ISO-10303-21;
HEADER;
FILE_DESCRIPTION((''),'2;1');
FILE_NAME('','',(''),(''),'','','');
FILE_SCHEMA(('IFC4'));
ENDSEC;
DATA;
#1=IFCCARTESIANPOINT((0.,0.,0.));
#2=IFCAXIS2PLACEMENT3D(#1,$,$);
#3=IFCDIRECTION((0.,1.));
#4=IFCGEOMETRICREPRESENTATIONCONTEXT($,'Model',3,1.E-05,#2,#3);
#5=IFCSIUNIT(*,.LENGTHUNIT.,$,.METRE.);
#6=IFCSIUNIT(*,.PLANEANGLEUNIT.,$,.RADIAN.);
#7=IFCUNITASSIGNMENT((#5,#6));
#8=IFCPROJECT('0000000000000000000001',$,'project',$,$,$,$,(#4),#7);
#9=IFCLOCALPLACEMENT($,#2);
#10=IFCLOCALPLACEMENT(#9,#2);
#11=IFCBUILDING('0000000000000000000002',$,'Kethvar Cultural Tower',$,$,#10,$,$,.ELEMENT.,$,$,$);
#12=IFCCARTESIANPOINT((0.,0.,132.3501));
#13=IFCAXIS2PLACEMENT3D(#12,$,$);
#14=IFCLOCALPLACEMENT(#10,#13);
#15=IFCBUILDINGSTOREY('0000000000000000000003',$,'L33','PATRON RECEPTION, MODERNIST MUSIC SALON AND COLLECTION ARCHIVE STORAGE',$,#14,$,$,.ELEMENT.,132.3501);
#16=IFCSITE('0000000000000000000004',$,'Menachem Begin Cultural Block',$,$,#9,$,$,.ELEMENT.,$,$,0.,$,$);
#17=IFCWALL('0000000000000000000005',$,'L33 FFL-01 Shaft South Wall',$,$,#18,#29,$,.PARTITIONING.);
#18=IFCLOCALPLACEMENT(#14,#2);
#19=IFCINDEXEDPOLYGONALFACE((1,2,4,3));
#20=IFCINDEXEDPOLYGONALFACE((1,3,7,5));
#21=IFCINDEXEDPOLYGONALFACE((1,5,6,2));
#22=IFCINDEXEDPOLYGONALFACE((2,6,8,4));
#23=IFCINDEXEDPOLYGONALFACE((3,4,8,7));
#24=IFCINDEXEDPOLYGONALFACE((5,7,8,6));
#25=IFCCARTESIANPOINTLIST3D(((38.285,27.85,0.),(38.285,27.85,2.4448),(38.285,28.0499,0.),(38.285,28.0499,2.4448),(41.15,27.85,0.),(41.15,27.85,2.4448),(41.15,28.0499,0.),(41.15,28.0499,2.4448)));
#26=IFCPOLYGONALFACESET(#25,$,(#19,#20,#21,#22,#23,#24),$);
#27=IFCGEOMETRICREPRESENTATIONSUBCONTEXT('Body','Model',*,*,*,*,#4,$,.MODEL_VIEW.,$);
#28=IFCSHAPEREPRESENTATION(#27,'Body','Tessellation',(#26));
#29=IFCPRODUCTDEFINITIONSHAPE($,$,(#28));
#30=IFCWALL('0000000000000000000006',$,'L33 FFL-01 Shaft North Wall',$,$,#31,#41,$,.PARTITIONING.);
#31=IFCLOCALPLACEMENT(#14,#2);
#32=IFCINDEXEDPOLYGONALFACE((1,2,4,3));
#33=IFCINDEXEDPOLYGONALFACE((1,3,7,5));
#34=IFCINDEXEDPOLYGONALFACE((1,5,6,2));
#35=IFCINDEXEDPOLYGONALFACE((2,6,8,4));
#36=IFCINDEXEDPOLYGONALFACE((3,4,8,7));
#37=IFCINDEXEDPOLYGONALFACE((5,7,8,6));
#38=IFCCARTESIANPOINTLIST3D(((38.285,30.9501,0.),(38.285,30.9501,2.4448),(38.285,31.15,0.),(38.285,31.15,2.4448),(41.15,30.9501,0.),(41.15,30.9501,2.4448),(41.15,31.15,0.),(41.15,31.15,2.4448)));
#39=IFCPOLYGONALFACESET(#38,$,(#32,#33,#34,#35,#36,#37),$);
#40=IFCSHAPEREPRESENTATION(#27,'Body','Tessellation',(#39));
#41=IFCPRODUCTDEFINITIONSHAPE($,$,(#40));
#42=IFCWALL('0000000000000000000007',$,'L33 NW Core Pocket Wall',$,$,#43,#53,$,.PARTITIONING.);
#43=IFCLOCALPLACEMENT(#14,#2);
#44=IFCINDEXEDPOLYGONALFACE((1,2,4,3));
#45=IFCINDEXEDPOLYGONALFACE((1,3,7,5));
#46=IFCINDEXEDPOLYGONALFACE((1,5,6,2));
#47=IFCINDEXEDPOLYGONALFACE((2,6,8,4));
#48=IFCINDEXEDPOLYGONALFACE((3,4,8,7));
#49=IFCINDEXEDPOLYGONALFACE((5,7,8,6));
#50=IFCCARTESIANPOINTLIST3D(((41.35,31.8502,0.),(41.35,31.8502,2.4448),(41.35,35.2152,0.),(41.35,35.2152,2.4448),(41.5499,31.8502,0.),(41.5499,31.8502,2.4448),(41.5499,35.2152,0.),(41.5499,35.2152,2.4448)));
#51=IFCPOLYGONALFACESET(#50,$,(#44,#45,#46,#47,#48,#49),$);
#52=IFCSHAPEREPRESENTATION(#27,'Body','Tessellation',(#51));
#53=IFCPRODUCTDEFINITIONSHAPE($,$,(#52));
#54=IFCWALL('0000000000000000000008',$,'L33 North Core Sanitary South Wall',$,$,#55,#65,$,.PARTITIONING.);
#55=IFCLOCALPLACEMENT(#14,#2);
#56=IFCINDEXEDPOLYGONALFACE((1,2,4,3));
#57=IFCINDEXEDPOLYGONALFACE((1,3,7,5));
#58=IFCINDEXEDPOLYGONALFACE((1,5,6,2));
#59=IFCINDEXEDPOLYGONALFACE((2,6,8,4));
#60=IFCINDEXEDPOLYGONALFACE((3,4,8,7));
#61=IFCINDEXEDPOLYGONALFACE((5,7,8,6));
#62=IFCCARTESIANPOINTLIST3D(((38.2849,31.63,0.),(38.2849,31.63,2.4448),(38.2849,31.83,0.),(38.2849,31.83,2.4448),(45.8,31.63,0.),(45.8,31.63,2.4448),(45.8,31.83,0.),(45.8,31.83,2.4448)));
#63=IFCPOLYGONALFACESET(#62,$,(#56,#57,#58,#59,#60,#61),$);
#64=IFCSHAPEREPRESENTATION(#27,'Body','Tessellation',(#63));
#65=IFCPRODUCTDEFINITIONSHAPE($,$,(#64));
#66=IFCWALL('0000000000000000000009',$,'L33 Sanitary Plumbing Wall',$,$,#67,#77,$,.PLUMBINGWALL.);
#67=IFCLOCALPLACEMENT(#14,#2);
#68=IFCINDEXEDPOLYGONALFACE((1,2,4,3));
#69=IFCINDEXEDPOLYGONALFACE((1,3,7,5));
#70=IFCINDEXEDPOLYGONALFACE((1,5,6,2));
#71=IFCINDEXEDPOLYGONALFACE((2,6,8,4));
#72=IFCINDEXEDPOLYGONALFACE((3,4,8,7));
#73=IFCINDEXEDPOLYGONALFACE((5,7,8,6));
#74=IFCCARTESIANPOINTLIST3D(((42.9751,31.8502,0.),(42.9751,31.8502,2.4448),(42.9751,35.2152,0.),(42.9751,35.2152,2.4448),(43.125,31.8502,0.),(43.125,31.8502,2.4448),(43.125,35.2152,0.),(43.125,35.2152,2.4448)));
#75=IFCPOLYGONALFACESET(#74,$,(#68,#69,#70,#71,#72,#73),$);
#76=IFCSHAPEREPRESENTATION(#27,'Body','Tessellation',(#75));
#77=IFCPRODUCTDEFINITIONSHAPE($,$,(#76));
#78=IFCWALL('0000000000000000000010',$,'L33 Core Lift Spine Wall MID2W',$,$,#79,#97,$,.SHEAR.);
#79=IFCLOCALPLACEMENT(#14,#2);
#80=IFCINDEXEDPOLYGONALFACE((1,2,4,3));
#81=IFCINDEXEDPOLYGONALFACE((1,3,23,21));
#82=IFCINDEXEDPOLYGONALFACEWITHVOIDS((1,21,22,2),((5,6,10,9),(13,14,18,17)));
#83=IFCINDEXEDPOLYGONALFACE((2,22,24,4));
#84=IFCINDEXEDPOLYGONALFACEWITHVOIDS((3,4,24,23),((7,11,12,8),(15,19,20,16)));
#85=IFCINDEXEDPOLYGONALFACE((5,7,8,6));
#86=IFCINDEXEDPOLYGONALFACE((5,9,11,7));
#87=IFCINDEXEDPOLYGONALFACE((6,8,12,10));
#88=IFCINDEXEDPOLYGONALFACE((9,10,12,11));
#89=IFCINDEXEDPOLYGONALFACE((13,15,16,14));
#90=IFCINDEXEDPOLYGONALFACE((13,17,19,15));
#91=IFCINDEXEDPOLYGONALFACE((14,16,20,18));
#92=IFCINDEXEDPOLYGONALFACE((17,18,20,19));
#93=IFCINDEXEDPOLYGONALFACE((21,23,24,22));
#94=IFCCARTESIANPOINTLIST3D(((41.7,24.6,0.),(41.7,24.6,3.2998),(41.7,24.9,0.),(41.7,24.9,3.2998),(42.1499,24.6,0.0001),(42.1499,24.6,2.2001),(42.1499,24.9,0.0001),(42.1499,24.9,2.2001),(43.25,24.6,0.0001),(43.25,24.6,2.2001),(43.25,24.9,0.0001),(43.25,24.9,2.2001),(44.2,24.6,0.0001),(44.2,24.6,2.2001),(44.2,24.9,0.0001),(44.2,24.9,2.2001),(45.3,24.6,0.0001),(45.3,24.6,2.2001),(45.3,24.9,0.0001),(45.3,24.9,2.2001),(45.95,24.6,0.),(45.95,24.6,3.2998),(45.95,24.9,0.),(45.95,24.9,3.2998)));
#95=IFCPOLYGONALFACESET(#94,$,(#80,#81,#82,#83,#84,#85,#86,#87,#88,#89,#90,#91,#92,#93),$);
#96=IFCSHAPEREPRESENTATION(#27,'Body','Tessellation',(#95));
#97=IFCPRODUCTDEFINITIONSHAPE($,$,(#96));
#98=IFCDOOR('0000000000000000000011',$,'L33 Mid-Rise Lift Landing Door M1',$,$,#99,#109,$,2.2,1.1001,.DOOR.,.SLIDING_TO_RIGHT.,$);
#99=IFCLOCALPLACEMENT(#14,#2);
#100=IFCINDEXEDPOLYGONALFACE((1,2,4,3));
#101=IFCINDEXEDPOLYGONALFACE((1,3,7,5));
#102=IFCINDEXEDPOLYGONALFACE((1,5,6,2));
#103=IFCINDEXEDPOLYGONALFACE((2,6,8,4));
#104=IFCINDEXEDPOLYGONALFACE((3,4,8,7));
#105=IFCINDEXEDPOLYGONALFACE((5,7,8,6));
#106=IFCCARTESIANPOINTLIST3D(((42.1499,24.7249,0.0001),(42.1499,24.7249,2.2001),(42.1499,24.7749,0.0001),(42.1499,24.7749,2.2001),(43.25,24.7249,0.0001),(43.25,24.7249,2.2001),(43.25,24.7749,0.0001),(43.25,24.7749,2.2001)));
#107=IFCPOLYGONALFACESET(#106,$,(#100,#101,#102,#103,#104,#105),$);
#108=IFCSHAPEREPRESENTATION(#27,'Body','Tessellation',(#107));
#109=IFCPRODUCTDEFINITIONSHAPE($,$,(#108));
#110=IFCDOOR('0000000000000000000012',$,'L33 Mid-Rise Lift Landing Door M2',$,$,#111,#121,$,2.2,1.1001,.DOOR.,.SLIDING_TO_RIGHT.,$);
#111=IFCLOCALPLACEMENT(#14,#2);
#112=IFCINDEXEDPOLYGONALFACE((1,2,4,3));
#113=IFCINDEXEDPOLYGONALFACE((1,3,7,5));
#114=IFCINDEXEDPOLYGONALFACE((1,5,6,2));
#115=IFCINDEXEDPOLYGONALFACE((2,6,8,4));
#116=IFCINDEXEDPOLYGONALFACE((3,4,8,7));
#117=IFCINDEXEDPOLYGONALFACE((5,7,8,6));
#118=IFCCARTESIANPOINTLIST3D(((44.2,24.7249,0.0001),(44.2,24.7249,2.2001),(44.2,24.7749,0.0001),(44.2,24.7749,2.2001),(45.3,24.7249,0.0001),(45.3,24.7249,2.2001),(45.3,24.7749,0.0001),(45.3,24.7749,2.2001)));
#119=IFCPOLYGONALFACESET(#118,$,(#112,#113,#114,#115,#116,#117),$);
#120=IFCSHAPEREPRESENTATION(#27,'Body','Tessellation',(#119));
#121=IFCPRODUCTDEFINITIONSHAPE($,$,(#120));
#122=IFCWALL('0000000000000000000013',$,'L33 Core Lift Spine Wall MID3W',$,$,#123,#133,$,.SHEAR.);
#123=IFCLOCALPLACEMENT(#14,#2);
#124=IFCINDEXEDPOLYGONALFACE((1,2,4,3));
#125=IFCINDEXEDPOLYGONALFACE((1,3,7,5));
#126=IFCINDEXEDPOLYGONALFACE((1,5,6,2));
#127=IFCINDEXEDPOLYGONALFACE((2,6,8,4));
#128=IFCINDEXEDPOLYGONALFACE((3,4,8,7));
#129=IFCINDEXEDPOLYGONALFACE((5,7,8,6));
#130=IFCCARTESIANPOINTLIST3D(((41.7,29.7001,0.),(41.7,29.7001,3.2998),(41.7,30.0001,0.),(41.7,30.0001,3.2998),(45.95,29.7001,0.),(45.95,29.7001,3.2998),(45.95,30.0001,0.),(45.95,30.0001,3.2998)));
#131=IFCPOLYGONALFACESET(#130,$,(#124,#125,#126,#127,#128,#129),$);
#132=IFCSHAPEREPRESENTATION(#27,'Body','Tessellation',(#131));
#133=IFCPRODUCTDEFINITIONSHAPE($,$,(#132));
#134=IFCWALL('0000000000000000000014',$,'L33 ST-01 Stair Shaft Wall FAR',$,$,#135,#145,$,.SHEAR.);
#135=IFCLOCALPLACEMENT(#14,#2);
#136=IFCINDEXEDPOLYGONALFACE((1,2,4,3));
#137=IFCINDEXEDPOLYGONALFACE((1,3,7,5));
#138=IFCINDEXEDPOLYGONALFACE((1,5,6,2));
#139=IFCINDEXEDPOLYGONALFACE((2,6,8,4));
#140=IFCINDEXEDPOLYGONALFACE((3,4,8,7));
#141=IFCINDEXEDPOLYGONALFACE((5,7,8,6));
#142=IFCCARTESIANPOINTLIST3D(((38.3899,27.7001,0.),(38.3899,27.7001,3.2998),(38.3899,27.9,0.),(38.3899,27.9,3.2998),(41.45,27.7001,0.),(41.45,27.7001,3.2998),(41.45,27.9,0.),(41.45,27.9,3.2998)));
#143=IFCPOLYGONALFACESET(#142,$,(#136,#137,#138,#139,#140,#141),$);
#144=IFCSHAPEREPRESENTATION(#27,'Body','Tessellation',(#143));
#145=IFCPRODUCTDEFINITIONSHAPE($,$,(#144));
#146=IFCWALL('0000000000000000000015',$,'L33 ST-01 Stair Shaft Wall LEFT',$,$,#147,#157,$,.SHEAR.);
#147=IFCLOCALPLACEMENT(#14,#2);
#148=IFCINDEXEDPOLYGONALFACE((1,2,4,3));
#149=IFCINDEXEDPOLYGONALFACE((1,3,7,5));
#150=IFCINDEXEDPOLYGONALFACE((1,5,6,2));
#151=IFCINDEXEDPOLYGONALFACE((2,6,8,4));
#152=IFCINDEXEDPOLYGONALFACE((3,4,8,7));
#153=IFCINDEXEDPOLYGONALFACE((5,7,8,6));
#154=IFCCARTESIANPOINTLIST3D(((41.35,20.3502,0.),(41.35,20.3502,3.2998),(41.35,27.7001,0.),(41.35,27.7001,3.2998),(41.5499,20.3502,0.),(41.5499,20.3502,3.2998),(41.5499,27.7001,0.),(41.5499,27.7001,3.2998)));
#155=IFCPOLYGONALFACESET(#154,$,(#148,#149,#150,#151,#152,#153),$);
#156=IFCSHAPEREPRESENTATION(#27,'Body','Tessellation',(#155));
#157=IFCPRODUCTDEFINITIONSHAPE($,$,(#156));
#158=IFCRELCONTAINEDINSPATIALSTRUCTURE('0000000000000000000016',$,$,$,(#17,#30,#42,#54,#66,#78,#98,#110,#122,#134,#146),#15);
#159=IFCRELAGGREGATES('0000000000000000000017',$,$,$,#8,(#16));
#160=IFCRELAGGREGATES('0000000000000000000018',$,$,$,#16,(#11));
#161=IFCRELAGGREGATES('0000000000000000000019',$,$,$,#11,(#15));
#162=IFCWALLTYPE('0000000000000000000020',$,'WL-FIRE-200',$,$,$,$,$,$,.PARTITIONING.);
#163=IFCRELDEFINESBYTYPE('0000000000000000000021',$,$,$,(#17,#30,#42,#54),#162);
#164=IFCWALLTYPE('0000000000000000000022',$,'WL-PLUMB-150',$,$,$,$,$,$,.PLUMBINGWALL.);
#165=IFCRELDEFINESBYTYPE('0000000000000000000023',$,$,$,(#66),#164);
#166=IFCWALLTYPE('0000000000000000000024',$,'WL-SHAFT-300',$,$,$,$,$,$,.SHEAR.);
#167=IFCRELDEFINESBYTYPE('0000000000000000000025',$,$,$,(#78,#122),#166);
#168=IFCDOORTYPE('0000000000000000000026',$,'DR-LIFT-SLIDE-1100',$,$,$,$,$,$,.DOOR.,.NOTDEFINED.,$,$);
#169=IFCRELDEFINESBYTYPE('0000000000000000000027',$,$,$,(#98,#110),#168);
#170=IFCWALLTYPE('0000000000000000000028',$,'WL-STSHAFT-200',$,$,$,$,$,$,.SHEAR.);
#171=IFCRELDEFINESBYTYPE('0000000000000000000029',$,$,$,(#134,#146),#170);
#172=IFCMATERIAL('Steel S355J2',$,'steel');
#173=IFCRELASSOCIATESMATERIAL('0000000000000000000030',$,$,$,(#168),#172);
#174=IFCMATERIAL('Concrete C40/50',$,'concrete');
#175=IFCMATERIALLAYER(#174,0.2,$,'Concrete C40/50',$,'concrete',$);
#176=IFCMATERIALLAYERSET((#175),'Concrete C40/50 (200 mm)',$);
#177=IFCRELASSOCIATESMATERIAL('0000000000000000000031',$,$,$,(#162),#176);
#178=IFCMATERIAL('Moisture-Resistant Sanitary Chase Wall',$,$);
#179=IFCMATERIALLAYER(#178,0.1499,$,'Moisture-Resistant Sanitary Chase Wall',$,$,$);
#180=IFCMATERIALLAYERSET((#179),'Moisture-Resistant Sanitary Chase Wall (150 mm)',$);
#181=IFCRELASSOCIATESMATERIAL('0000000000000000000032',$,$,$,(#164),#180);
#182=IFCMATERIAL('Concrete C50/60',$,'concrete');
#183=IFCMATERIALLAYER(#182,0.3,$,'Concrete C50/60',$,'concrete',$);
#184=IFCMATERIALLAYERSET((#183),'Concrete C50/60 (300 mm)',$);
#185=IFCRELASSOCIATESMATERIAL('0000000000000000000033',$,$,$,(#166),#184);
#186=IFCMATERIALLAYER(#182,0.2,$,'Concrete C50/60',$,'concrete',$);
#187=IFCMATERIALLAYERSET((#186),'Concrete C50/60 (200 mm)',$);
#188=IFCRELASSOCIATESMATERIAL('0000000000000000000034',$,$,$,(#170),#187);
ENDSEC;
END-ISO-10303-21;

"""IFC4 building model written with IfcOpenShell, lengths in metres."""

from ifc_helpers import new_model, si_unit, direction, frame, frame_2d, origin, place, context, subcontext, project, spatial, rectangle, extrude, source, transform, mapped, material, layer, layer_set, type_object, element, fill, save


model = new_model("IFC4")

# Units and contexts
model_context = context("Model", 3, precision=1e-05, world=origin(), true_north=direction((0.0, 1.0)))
body_context = subcontext(model_context, "Body", "Model", "MODEL_VIEW")
ifc_project = project(units=[si_unit("LENGTHUNIT", "METRE"), si_unit("PLANEANGLEUNIT", "RADIAN")], contexts=[model_context])

# Site, building, storey
site_placement = place(None, origin())
site = spatial("IfcSite", under=ifc_project, at=site_placement, Name="Menachem Begin Cultural Block", CompositionType="ELEMENT", RefElevation=0.0)
building_placement = place(site_placement, origin())
building = spatial("IfcBuilding", under=site, at=building_placement, Name="Kethvar Cultural Tower", CompositionType="ELEMENT")
storey_placement = place(building_placement, frame((0.0, 0.0, 132.3501)))
storey = spatial("IfcBuildingStorey", under=building, at=storey_placement, Name="L33", Description="PATRON RECEPTION, MODERNIST MUSIC SALON AND COLLECTION ARCHIVE STORAGE", CompositionType="ELEMENT", Elevation=132.3501)

# Shared definitions
ifc_material_1 = material(Name="Steel S355J2", Category="steel")

# Shared definitions
door_type = type_object("IfcDoorType", Name="DR-LIFT-SLIDE-1100", OperationType="NOTDEFINED", PredefinedType="DOOR", material=ifc_material_1)
shared_shape_1 = source(origin(), body_context, "Body", "SweptSolid", [
    extrude(rectangle(XDim=1.1001, YDim=2.2, at=frame_2d((0.55, 1.1001))), frame((0.0, 0.0249, 0.0), z_axis=(0.0, -1.0, 0.0), x_axis=(1.0, 0.0, 0.0)), (0.0, 0.0, 1.0), 0.05),
])

# Walls
ifc_material_2 = material(Name="Concrete C40/50", Category="concrete")
ifc_layer_1 = layer(ifc_material_2, 0.2, Name="Concrete C40/50", Category="concrete")
ifc_layer_set_1 = layer_set([ifc_layer_1], Name="Concrete C40/50 (200 mm)")
wall_type_1 = type_object("IfcWallType", Name="WL-FIRE-200", PredefinedType="PARTITIONING", material=ifc_layer_set_1)
for number, where, z_axis, x_axis, name in (
    (1, (38.2849, 27.95, 0.0), (0.0, 0.0, 1.0), (1.0, 0.0, 0.0), "L33 FFL-01 Shaft South Wall"),
    (2, (38.2849, 31.05, 0.0), (0.0, 0.0, 1.0), (1.0, 0.0, 0.0), "L33 FFL-01 Shaft North Wall"),
):
    element("IfcWall", number, at=place(storey_placement, frame(where, z_axis=z_axis, x_axis=x_axis)), inside=storey, type_object=wall_type_1, Name=name, PredefinedType="PARTITIONING", context=body_context, shape_type="SweptSolid", body=[
        extrude(rectangle(XDim=2.865, YDim=0.2, at=frame_2d((1.4326, 0.0))), origin(), (0.0, 0.0, 1.0), 2.4448),
    ])
wall_1_placement = place(storey_placement, frame((41.45, 31.8501, 0.0), z_axis=(0.0, 0.0, 1.0), x_axis=(0.0, 1.0, 0.0)))
element("IfcWall", 3, at=wall_1_placement, inside=storey, type_object=wall_type_1, Name="L33 NW Core Pocket Wall", PredefinedType="PARTITIONING", context=body_context, shape_type="SweptSolid", body=[
    extrude(rectangle(XDim=3.365, YDim=0.2, at=frame_2d((1.6826, 0.0))), origin(), (0.0, 0.0, 1.0), 2.4448),
])
wall_2_placement = place(storey_placement, frame((38.2849, 31.73, 0.0), z_axis=(0.0, 0.0, 1.0), x_axis=(1.0, 0.0, 0.0)))
element("IfcWall", 4, at=wall_2_placement, inside=storey, type_object=wall_type_1, Name="L33 North Core Sanitary South Wall", PredefinedType="PARTITIONING", context=body_context, shape_type="SweptSolid", body=[
    extrude(rectangle(XDim=7.5151, YDim=0.2, at=frame_2d((3.7576, 0.0))), origin(), (0.0, 0.0, 1.0), 2.4448),
])
ifc_material_3 = material(Name="Moisture-Resistant Sanitary Chase Wall")
ifc_layer_2 = layer(ifc_material_3, 0.1499, Name="Moisture-Resistant Sanitary Chase Wall")
ifc_layer_set_2 = layer_set([ifc_layer_2], Name="Moisture-Resistant Sanitary Chase Wall (150 mm)")
wall_type_2 = type_object("IfcWallType", Name="WL-PLUMB-150", PredefinedType="PLUMBINGWALL", material=ifc_layer_set_2)
wall_3_placement = place(storey_placement, frame((43.05, 31.8501, 0.0), z_axis=(0.0, 0.0, 1.0), x_axis=(0.0, 1.0, 0.0)))
element("IfcWall", 5, at=wall_3_placement, inside=storey, type_object=wall_type_2, Name="L33 Sanitary Plumbing Wall", PredefinedType="PLUMBINGWALL", context=body_context, shape_type="SweptSolid", body=[
    extrude(rectangle(XDim=3.365, YDim=0.1499, at=frame_2d((1.6826, 0.0))), origin(), (0.0, 0.0, 1.0), 2.4448),
])

# Wall, openings, doors
ifc_material_4 = material(Name="Concrete C50/60", Category="concrete")
ifc_layer_3 = layer(ifc_material_4, 0.3, Name="Concrete C50/60", Category="concrete")
ifc_layer_set_3 = layer_set([ifc_layer_3], Name="Concrete C50/60 (300 mm)")
wall_type_3 = type_object("IfcWallType", Name="WL-SHAFT-300", PredefinedType="SHEAR", material=ifc_layer_set_3)
wall_4_placement = place(storey_placement, frame((41.7, 24.75, 0.0), z_axis=(0.0, 0.0, 1.0), x_axis=(1.0, 0.0, 0.0)))
wall_4 = element("IfcWall", 6, at=wall_4_placement, inside=storey, type_object=wall_type_3, Name="L33 Core Lift Spine Wall MID2W", PredefinedType="SHEAR", context=body_context, shape_type="SweptSolid", body=[
    extrude(rectangle(XDim=4.25, YDim=0.3, at=frame_2d((2.125, 0.0))), origin(), (0.0, 0.0, 1.0), 3.2998),
])
opening_1_placement = place(wall_4_placement, frame((0.45, 0.0, 0.0)))
opening_1 = element("IfcOpeningElement", 7, at=opening_1_placement, cuts=wall_4, PredefinedType="OPENING", context=body_context, shape_type="SweptSolid", body=[
    extrude(rectangle(XDim=1.1001, YDim=2.2, at=frame_2d((0.55, 1.1001))), frame((0.0, 0.1599, 0.0), z_axis=(0.0, -1.0, 0.0), x_axis=(1.0, 0.0, 0.0)), (0.0, 0.0, 1.0), 0.3201),
])
opening_2_placement = place(wall_4_placement, frame((2.5, 0.0, 0.0)))
opening_2 = element("IfcOpeningElement", 8, at=opening_2_placement, cuts=wall_4, PredefinedType="OPENING", context=body_context, shape_type="SweptSolid", body=[
    extrude(rectangle(XDim=1.1001, YDim=2.2, at=frame_2d((0.55, 1.1001))), frame((0.0, 0.1599, 0.0), z_axis=(0.0, -1.0, 0.0), x_axis=(1.0, 0.0, 0.0)), (0.0, 0.0, 1.0), 0.3201),
])
door_1_placement = place(opening_1_placement, origin())
door_1 = element("IfcDoor", 9, at=door_1_placement, inside=storey, type_object=door_type, Name="L33 Mid-Rise Lift Landing Door M1", OperationType="SLIDING_TO_RIGHT", OverallHeight=2.2, OverallWidth=1.1001, PredefinedType="DOOR", context=body_context, shape_type="MappedRepresentation", body=[
    mapped(shared_shape_1, transform((0.0, 0.0, 0.0), scale=1.0)),
])
fill(opening_1, door_1)
door_2_placement = place(opening_2_placement, origin())
door_2 = element("IfcDoor", 10, at=door_2_placement, inside=storey, type_object=door_type, Name="L33 Mid-Rise Lift Landing Door M2", OperationType="SLIDING_TO_RIGHT", OverallHeight=2.2, OverallWidth=1.1001, PredefinedType="DOOR", context=body_context, shape_type="MappedRepresentation", body=[
    mapped(shared_shape_1, transform((0.0, 0.0, 0.0), scale=1.0)),
])
fill(opening_2, door_2)

# Walls
wall_5_placement = place(storey_placement, frame((41.7, 29.8501, 0.0), z_axis=(0.0, 0.0, 1.0), x_axis=(1.0, 0.0, 0.0)))
element("IfcWall", 11, at=wall_5_placement, inside=storey, type_object=wall_type_3, Name="L33 Core Lift Spine Wall MID3W", PredefinedType="SHEAR", context=body_context, shape_type="SweptSolid", body=[
    extrude(rectangle(XDim=4.25, YDim=0.3, at=frame_2d((2.125, 0.0))), origin(), (0.0, 0.0, 1.0), 3.2998),
])
ifc_layer_4 = layer(ifc_material_4, 0.2, Name="Concrete C50/60", Category="concrete")
ifc_layer_set_4 = layer_set([ifc_layer_4], Name="Concrete C50/60 (200 mm)")
wall_type_4 = type_object("IfcWallType", Name="WL-STSHAFT-200", PredefinedType="SHEAR", material=ifc_layer_set_4)
wall_6_placement = place(storey_placement, frame((38.3899, 27.8, 0.0), z_axis=(0.0, 0.0, 1.0), x_axis=(1.0, 0.0, 0.0)))
element("IfcWall", 12, at=wall_6_placement, inside=storey, type_object=wall_type_4, Name="L33 ST-01 Stair Shaft Wall FAR", PredefinedType="SHEAR", context=body_context, shape_type="SweptSolid", body=[
    extrude(rectangle(XDim=3.0601, YDim=0.2, at=frame_2d((1.53, 0.0))), origin(), (0.0, 0.0, 1.0), 3.2998),
])
wall_7_placement = place(storey_placement, frame((41.45, 27.7, 0.0), z_axis=(0.0, 0.0, 1.0), x_axis=(0.0, -1.0, 0.0)))
element("IfcWall", 13, at=wall_7_placement, inside=storey, type_object=wall_type_4, Name="L33 ST-01 Stair Shaft Wall LEFT", PredefinedType="SHEAR", context=body_context, shape_type="SweptSolid", body=[
    extrude(rectangle(XDim=7.3499, YDim=0.2, at=frame_2d((3.6748, 0.0))), origin(), (0.0, 0.0, 1.0), 3.2998),
])

save(model, "model.ifc")
